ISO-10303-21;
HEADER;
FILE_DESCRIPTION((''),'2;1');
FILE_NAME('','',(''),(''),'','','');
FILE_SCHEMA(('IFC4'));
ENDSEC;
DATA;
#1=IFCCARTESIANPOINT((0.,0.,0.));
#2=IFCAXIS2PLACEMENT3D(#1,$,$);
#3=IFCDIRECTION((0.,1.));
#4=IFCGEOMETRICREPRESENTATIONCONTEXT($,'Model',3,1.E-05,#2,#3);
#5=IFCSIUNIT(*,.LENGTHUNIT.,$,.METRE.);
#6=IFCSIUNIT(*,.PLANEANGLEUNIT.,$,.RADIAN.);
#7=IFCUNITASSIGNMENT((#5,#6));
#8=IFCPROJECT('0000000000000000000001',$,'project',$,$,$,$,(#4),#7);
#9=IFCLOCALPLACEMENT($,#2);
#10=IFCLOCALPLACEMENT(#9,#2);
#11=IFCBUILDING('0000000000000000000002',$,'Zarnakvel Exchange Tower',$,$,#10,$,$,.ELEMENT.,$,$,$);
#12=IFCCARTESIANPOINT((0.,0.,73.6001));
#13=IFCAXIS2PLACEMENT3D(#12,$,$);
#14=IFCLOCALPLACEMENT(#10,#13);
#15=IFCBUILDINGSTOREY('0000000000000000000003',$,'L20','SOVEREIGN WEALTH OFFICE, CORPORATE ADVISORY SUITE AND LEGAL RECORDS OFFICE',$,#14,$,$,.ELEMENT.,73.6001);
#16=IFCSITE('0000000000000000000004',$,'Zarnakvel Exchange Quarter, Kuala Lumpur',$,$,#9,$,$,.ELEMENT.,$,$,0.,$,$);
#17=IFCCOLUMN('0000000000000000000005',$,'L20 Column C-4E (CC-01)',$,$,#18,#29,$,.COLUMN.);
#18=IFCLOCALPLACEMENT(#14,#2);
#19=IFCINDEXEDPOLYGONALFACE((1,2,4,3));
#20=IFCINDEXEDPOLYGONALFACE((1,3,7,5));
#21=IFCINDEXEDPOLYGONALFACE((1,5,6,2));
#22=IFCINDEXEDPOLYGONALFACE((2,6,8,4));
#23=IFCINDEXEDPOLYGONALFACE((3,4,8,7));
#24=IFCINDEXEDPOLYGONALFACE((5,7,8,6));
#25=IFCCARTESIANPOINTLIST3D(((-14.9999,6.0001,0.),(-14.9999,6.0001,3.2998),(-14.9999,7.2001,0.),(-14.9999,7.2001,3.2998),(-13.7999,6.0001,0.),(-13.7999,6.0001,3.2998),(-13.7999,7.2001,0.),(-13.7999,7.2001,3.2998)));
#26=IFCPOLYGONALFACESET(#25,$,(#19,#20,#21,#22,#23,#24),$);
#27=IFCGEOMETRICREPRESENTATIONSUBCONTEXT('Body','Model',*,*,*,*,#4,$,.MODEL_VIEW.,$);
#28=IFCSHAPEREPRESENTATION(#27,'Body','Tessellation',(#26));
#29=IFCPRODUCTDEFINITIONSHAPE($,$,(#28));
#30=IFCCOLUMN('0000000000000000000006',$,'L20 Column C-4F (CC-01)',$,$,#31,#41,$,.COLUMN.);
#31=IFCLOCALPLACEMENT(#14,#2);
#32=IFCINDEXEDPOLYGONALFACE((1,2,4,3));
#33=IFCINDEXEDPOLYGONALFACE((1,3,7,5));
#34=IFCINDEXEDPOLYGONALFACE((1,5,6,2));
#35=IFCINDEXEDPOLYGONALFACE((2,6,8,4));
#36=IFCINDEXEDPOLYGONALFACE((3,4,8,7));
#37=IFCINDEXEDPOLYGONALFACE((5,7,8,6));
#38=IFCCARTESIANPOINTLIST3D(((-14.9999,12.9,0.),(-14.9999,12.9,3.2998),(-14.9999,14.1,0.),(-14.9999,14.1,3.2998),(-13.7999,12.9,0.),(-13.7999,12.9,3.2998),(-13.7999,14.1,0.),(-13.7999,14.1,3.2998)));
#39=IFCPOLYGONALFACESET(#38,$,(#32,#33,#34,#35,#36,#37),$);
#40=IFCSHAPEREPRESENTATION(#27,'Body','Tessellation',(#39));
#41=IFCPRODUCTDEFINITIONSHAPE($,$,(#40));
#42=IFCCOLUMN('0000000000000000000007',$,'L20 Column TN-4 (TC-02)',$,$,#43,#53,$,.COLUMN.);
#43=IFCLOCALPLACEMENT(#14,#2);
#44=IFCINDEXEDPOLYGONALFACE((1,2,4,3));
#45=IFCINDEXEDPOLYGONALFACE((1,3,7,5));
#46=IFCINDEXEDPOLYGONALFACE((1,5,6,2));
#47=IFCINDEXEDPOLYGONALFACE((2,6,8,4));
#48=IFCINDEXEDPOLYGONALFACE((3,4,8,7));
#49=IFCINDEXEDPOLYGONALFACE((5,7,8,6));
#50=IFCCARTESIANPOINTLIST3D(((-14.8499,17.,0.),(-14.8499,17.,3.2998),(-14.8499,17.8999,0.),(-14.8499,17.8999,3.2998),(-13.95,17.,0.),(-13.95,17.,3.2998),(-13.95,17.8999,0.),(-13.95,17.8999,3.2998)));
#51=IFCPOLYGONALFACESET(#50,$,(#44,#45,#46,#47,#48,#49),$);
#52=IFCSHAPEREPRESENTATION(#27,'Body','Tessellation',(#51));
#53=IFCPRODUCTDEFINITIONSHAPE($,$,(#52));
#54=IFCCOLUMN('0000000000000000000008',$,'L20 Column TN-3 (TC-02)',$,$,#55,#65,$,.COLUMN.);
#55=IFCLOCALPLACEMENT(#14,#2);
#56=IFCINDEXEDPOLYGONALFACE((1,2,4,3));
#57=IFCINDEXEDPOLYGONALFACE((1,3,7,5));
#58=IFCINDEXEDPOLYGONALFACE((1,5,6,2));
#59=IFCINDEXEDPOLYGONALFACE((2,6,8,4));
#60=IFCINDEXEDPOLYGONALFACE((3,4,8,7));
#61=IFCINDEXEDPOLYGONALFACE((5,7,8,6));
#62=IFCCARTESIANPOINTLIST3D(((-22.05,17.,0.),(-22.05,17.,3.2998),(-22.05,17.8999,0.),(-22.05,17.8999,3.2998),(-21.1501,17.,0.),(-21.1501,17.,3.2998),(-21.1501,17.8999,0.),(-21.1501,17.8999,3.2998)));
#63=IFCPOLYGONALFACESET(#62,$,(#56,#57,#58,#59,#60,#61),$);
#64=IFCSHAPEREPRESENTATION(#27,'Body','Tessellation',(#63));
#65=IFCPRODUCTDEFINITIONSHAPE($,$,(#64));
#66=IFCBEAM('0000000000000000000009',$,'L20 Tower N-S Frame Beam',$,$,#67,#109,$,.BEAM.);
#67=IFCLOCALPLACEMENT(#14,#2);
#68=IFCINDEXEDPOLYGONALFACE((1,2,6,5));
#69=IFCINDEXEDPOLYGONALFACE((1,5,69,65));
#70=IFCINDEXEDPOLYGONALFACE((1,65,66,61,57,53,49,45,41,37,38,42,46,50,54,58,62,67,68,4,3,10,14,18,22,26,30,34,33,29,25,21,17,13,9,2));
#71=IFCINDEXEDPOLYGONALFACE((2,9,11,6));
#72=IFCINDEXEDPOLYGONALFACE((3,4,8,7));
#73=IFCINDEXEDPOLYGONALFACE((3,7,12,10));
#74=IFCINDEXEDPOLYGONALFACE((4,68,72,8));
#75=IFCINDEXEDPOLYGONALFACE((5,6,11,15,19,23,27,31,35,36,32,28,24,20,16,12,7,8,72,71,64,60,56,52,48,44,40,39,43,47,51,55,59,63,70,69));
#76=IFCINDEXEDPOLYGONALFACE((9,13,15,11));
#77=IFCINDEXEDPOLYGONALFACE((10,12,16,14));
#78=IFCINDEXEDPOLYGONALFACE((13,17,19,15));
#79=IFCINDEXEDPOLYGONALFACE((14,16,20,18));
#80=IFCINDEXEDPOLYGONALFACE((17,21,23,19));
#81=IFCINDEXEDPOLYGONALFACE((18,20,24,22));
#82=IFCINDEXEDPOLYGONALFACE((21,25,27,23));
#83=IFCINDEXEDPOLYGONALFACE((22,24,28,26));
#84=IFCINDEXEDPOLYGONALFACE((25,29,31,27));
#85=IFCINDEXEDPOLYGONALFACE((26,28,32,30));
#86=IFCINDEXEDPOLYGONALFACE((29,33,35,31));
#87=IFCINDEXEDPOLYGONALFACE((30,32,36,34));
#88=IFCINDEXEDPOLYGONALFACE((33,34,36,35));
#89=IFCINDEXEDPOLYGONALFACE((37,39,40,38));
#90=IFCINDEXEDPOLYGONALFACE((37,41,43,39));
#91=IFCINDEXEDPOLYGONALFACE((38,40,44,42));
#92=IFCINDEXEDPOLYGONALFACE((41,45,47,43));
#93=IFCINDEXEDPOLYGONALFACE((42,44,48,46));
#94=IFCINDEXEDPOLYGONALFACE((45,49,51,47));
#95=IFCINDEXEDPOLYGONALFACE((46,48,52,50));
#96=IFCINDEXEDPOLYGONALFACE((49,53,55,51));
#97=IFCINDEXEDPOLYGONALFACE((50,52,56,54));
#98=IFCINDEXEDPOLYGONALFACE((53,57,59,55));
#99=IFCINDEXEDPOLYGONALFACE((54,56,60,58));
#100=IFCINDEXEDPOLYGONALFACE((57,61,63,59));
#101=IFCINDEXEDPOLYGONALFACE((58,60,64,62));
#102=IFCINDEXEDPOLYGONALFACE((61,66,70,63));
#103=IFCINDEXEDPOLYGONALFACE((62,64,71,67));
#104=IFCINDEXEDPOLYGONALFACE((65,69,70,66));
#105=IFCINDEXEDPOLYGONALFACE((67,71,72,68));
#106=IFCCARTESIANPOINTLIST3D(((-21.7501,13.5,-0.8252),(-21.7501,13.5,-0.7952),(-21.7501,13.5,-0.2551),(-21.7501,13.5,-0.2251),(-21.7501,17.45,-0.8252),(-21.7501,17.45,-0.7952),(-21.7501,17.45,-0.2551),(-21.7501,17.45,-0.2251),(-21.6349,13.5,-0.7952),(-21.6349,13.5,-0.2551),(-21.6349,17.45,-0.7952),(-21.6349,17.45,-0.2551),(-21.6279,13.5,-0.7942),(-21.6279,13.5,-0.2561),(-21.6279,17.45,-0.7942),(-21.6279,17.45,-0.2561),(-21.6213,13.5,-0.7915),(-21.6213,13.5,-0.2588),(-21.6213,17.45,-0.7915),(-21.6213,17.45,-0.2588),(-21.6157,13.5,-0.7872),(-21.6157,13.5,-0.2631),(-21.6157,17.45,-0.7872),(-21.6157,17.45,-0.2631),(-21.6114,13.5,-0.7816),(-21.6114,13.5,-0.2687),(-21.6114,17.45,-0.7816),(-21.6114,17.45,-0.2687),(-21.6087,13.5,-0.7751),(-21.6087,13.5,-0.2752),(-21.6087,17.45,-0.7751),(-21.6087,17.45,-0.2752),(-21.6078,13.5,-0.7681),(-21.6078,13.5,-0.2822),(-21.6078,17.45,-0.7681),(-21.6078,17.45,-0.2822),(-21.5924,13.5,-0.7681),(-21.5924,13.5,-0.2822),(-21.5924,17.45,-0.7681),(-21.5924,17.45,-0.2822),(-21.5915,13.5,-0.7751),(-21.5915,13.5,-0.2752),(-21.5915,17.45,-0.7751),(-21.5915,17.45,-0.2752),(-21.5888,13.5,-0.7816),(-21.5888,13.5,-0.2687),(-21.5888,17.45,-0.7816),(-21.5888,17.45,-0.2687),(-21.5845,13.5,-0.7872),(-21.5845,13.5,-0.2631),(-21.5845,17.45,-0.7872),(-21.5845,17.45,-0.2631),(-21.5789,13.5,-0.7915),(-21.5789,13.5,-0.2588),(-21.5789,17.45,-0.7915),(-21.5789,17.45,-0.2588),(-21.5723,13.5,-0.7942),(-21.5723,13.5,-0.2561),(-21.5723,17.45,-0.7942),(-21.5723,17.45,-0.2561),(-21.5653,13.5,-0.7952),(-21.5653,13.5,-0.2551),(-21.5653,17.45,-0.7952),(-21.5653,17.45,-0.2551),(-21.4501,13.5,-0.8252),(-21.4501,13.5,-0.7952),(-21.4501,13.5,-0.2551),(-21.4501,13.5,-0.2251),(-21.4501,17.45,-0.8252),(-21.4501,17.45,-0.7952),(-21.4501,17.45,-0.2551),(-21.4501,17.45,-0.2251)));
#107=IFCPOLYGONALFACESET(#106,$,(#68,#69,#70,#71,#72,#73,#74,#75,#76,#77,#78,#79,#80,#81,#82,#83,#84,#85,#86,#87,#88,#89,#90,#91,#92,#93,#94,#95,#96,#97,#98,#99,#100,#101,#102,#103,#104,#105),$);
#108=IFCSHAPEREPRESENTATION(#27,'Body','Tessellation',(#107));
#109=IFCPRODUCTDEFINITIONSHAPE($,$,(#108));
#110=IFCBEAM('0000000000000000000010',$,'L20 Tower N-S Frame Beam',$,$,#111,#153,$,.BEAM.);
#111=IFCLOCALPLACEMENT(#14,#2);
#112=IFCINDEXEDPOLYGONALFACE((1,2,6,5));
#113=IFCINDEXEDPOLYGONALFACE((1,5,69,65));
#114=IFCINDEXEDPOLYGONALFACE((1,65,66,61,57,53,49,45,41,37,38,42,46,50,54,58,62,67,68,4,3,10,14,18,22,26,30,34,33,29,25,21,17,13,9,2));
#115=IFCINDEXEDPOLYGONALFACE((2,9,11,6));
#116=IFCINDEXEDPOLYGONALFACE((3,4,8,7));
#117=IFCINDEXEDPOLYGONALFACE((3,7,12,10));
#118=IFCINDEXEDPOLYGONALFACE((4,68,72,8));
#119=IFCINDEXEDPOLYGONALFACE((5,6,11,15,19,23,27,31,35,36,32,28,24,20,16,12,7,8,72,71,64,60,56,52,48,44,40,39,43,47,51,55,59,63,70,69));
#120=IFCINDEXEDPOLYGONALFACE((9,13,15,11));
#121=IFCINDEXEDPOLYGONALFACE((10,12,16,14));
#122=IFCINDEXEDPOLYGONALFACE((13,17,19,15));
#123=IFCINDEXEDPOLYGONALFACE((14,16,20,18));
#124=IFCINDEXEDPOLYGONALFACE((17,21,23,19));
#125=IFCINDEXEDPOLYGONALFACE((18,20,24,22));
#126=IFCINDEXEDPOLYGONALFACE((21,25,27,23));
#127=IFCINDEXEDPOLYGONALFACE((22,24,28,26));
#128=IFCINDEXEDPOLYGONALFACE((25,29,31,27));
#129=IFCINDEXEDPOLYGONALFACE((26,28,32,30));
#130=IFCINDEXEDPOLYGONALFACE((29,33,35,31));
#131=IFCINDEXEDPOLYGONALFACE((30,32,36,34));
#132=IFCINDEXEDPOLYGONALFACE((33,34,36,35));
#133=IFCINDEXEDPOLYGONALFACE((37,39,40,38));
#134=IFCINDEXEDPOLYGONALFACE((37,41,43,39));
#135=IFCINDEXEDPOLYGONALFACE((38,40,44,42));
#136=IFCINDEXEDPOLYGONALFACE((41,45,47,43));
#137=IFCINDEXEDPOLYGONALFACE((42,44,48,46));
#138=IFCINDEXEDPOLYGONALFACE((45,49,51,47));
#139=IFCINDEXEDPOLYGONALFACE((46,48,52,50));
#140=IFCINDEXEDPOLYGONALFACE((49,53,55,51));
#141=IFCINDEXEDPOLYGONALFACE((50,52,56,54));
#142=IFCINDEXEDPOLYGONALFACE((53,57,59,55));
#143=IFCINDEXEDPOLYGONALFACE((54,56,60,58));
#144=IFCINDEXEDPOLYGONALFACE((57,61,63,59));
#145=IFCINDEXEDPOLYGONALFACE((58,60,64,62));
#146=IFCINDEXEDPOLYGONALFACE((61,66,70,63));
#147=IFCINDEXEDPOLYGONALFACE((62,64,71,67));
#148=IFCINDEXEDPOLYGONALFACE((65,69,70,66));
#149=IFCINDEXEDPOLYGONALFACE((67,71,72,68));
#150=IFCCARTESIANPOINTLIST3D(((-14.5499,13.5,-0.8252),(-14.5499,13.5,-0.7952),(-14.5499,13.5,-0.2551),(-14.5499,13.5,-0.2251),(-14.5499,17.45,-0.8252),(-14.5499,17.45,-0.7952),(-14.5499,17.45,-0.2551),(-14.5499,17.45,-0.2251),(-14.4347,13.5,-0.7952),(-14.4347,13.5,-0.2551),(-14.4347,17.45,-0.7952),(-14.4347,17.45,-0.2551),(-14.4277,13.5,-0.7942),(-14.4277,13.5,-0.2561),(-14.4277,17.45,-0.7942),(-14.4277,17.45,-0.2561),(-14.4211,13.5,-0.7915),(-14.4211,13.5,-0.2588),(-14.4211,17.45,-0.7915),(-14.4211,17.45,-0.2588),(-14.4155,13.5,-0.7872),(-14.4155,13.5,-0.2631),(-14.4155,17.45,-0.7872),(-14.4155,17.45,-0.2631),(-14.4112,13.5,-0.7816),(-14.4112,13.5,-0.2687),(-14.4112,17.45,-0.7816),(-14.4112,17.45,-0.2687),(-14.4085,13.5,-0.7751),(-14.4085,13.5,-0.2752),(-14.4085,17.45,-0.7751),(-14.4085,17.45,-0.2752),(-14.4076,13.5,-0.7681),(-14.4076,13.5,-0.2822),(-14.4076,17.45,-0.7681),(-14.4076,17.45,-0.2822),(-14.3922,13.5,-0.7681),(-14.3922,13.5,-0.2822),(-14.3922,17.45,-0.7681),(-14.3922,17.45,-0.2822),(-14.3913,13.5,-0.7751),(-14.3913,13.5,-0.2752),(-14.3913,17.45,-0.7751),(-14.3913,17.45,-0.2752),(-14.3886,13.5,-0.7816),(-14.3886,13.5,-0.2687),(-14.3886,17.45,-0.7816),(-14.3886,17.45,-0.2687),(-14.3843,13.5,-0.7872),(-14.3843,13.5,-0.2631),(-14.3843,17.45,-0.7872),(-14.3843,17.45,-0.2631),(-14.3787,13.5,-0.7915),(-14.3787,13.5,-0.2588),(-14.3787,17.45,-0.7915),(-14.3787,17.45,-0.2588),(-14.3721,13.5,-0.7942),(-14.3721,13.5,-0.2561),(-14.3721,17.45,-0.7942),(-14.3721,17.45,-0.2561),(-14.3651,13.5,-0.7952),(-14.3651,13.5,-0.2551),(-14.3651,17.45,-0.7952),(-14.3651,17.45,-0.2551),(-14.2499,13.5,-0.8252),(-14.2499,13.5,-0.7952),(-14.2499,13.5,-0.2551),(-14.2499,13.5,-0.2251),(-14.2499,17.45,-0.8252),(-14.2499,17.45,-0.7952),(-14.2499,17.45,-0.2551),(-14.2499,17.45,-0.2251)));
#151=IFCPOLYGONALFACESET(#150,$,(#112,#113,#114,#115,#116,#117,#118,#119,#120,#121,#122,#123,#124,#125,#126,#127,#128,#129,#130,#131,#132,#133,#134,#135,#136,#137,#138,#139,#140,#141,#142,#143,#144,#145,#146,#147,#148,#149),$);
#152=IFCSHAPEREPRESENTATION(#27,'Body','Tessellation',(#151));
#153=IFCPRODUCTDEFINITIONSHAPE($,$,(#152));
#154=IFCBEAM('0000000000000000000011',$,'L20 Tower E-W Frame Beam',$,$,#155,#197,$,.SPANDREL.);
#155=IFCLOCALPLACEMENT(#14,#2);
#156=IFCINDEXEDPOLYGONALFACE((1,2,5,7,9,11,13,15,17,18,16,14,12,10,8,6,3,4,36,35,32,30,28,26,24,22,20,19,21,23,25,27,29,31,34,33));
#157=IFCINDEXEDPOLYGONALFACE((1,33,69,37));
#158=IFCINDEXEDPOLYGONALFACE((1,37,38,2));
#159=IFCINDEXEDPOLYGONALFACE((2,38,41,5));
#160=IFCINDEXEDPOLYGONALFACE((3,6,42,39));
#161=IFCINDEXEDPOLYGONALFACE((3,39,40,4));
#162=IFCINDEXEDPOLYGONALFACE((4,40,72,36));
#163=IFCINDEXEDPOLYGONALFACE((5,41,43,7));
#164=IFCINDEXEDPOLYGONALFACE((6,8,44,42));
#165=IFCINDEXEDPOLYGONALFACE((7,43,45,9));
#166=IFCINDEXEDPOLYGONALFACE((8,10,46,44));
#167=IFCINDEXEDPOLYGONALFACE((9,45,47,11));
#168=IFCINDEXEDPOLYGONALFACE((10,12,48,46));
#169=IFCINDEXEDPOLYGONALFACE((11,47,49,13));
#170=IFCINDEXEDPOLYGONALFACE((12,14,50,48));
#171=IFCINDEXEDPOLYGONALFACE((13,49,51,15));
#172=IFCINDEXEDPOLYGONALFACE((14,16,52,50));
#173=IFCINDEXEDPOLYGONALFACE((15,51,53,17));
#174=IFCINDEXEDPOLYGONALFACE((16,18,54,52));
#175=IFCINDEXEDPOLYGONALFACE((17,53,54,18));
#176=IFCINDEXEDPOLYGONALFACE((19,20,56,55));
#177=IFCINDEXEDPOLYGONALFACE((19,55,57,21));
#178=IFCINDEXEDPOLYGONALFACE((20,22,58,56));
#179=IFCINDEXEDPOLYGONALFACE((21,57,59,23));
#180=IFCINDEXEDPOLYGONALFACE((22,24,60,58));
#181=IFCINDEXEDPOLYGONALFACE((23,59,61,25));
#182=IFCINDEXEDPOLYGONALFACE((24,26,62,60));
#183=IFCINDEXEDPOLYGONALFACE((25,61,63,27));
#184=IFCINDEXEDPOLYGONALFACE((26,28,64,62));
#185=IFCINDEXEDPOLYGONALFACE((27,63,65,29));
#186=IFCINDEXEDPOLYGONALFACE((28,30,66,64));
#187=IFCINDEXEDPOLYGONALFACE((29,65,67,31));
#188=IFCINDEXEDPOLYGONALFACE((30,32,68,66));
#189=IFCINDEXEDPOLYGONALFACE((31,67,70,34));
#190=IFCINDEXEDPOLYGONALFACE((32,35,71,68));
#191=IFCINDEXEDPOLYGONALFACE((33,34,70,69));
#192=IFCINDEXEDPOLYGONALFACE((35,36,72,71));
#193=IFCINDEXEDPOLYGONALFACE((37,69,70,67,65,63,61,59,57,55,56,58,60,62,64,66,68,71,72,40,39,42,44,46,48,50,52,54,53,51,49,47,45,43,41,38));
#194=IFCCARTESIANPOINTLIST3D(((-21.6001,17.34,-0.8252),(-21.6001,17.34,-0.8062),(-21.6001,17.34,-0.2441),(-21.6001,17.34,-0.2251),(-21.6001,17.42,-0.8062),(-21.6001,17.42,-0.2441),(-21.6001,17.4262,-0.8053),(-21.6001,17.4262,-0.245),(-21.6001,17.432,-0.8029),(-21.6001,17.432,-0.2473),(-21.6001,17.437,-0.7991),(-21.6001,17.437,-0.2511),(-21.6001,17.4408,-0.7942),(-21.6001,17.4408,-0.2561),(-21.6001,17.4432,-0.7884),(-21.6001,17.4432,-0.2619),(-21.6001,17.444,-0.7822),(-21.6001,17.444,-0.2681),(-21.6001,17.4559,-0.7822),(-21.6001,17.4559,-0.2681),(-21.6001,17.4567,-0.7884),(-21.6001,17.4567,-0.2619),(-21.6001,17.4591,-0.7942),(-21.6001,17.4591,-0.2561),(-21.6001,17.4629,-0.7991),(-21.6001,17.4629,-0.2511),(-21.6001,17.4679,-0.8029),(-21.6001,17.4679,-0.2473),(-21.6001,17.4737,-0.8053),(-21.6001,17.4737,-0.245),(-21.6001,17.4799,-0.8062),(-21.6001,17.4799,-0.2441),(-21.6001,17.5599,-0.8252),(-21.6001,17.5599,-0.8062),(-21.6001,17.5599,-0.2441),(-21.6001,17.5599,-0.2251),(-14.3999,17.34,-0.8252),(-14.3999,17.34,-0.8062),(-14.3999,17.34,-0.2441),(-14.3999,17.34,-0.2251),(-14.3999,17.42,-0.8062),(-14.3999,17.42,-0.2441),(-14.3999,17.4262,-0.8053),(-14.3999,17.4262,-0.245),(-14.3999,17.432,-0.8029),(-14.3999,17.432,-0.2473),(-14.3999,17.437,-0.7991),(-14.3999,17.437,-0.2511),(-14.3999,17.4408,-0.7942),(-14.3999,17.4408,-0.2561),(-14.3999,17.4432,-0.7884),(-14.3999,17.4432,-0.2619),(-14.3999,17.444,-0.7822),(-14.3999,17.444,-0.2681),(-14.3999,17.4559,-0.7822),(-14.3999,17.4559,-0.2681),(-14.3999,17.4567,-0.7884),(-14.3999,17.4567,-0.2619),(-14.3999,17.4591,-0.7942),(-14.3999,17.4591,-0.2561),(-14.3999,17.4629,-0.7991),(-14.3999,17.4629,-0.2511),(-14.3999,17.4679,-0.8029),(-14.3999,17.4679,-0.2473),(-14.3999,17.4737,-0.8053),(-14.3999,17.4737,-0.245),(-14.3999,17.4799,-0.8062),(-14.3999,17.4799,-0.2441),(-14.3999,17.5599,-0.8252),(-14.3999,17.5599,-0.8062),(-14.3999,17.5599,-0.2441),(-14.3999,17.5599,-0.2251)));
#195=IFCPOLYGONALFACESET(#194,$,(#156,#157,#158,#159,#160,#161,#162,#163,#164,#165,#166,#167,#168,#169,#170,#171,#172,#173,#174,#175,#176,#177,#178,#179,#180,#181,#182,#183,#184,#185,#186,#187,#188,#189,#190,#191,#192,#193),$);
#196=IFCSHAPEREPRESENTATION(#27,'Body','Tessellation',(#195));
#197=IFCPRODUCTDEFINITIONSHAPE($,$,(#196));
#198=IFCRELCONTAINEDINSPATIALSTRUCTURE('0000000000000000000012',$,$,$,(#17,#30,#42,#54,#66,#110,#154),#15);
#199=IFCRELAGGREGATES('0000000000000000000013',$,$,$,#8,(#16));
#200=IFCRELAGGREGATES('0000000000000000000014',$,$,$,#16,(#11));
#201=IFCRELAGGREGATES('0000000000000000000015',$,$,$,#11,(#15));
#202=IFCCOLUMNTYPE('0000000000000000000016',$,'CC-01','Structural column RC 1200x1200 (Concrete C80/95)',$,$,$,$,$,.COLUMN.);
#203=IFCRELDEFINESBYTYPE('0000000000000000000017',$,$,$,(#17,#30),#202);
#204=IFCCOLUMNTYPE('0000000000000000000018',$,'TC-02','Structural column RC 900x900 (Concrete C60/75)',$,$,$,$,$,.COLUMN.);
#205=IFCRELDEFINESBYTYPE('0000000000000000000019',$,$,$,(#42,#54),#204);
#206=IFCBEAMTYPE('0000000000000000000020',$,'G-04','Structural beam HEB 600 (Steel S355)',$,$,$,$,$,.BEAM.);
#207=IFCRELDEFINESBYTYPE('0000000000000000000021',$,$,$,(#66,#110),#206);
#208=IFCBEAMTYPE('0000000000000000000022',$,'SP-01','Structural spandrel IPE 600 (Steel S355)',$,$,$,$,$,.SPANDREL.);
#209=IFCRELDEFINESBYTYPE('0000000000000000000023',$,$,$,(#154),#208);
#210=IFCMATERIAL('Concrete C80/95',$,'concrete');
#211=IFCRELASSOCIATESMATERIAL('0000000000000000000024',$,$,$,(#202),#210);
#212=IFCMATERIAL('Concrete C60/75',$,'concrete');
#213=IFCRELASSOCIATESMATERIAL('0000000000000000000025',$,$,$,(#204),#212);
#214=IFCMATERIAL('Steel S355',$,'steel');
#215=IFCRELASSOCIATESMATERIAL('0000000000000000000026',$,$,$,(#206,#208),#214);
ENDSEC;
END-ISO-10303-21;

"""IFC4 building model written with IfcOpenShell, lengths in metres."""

from ifc_helpers import new_model, si_unit, direction, frame, origin, origin_2d, place, context, subcontext, project, spatial, rectangle, i_section, extrude, material, material_profile, profile_set, type_object, element, save


model = new_model("IFC4")

# Units and contexts
model_context = context("Model", 3, precision=1e-05, world=origin(), true_north=direction((0.0, 1.0)))
body_context = subcontext(model_context, "Body", "Model", "MODEL_VIEW")
ifc_project = project(units=[si_unit("LENGTHUNIT", "METRE"), si_unit("PLANEANGLEUNIT", "RADIAN")], contexts=[model_context])

# Site, building, storey
site_placement = place(None, origin())
site = spatial("IfcSite", under=ifc_project, at=site_placement, Name="Zarnakvel Exchange Quarter, Kuala Lumpur", CompositionType="ELEMENT", RefElevation=0.0)
building_placement = place(site_placement, origin())
building = spatial("IfcBuilding", under=site, at=building_placement, Name="Zarnakvel Exchange Tower", CompositionType="ELEMENT")
storey_placement = place(building_placement, frame((0.0, 0.0, 73.6001)))
storey = spatial("IfcBuildingStorey", under=building, at=storey_placement, Name="L20", Description="SOVEREIGN WEALTH OFFICE, CORPORATE ADVISORY SUITE AND LEGAL RECORDS OFFICE", CompositionType="ELEMENT", Elevation=73.6001)

# Columns
ifc_material_1 = material(Name="Concrete C80/95", Category="concrete")
ifc_material_profile_1 = material_profile(ifc_material_1, rectangle(XDim=1.2, YDim=1.2, at=origin_2d()))
ifc_profile_set_1 = profile_set([ifc_material_profile_1], Name="Concrete C80/95")
column_type_1 = type_object("IfcColumnType", Name="CC-01", Description="Structural column RC 1200x1200 (Concrete C80/95)", PredefinedType="COLUMN", material=ifc_profile_set_1)
for number, where, z_axis, x_axis, name in (
    (1, (-14.3999, 6.6001, 0.0), (0.0, 0.0, 1.0), (1.0, 0.0, 0.0), "L20 Column C-4E (CC-01)"),
    (2, (-14.3999, 13.5, 0.0), (0.0, 0.0, 1.0), (1.0, 0.0, 0.0), "L20 Column C-4F (CC-01)"),
):
    element("IfcColumn", number, at=place(storey_placement, frame(where, z_axis=z_axis, x_axis=x_axis)), inside=storey, type_object=column_type_1, Name=name, PredefinedType="COLUMN", context=body_context, shape_type="SweptSolid", body=[
        extrude(rectangle(XDim=1.2, YDim=1.2, at=origin_2d()), origin(), (0.0, 0.0, 1.0), 3.2998),
    ])
ifc_material_2 = material(Name="Concrete C60/75", Category="concrete")
ifc_material_profile_2 = material_profile(ifc_material_2, rectangle(XDim=0.8999, YDim=0.8999, at=origin_2d()))
ifc_profile_set_2 = profile_set([ifc_material_profile_2], Name="Concrete C60/75")
column_type_2 = type_object("IfcColumnType", Name="TC-02", Description="Structural column RC 900x900 (Concrete C60/75)", PredefinedType="COLUMN", material=ifc_profile_set_2)
for number, where, z_axis, x_axis, name in (
    (3, (-14.3999, 17.45, 0.0), (0.0, 0.0, 1.0), (1.0, 0.0, 0.0), "L20 Column TN-4 (TC-02)"),
    (4, (-21.6001, 17.45, 0.0), (0.0, 0.0, 1.0), (1.0, 0.0, 0.0), "L20 Column TN-3 (TC-02)"),
):
    element("IfcColumn", number, at=place(storey_placement, frame(where, z_axis=z_axis, x_axis=x_axis)), inside=storey, type_object=column_type_2, Name=name, PredefinedType="COLUMN", context=body_context, shape_type="SweptSolid", body=[
        extrude(rectangle(XDim=0.8999, YDim=0.8999, at=origin_2d()), origin(), (0.0, 0.0, 1.0), 3.2998),
    ])

# Beams
ifc_material_3 = material(Name="Steel S355", Category="steel")
ifc_material_profile_3 = material_profile(ifc_material_3, i_section(OverallWidth=0.3, OverallDepth=0.6001, WebThickness=0.0154, FlangeThickness=0.03, FilletRadius=0.0271, at=origin_2d()))
ifc_profile_set_3 = profile_set([ifc_material_profile_3], Name="Steel S355")
beam_type_1 = type_object("IfcBeamType", Name="G-04", Description="Structural beam HEB 600 (Steel S355)", PredefinedType="BEAM", material=ifc_profile_set_3)
for number, where, z_axis, x_axis, name in (
    (5, (-21.6001, 13.5, -0.5251), (0.0, 1.0, 0.0), (-1.0, 0.0, 0.0), "L20 Tower N-S Frame Beam"),
    (6, (-14.3999, 13.5, -0.5251), (0.0, 1.0, 0.0), (-1.0, 0.0, 0.0), "L20 Tower N-S Frame Beam"),
):
    element("IfcBeam", number, at=place(storey_placement, frame(where, z_axis=z_axis, x_axis=x_axis)), inside=storey, type_object=beam_type_1, Name=name, PredefinedType="BEAM", context=body_context, shape_type="SweptSolid", body=[
        extrude(i_section(OverallWidth=0.3, OverallDepth=0.6001, WebThickness=0.0154, FlangeThickness=0.03, FilletRadius=0.0271, at=origin_2d()), origin(), (0.0, 0.0, 1.0), 3.95),
    ])
ifc_material_profile_4 = material_profile(ifc_material_3, i_section(OverallWidth=0.22, OverallDepth=0.6001, WebThickness=0.012, FlangeThickness=0.019, FilletRadius=0.0239, at=origin_2d()))
ifc_profile_set_4 = profile_set([ifc_material_profile_4], Name="Steel S355")
beam_type_2 = type_object("IfcBeamType", Name="SP-01", Description="Structural spandrel IPE 600 (Steel S355)", PredefinedType="SPANDREL", material=ifc_profile_set_4)
beam_1_placement = place(storey_placement, frame((-21.6001, 17.45, -0.5251), z_axis=(1.0, 0.0, 0.0), x_axis=(0.0, 1.0, 0.0)))
element("IfcBeam", 7, at=beam_1_placement, inside=storey, type_object=beam_type_2, Name="L20 Tower E-W Frame Beam", PredefinedType="SPANDREL", context=body_context, shape_type="SweptSolid", body=[
    extrude(i_section(OverallWidth=0.22, OverallDepth=0.6001, WebThickness=0.012, FlangeThickness=0.019, FilletRadius=0.0239, at=origin_2d()), origin(), (0.0, 0.0, 1.0), 7.2002),
])

save(model, "model.ifc")
